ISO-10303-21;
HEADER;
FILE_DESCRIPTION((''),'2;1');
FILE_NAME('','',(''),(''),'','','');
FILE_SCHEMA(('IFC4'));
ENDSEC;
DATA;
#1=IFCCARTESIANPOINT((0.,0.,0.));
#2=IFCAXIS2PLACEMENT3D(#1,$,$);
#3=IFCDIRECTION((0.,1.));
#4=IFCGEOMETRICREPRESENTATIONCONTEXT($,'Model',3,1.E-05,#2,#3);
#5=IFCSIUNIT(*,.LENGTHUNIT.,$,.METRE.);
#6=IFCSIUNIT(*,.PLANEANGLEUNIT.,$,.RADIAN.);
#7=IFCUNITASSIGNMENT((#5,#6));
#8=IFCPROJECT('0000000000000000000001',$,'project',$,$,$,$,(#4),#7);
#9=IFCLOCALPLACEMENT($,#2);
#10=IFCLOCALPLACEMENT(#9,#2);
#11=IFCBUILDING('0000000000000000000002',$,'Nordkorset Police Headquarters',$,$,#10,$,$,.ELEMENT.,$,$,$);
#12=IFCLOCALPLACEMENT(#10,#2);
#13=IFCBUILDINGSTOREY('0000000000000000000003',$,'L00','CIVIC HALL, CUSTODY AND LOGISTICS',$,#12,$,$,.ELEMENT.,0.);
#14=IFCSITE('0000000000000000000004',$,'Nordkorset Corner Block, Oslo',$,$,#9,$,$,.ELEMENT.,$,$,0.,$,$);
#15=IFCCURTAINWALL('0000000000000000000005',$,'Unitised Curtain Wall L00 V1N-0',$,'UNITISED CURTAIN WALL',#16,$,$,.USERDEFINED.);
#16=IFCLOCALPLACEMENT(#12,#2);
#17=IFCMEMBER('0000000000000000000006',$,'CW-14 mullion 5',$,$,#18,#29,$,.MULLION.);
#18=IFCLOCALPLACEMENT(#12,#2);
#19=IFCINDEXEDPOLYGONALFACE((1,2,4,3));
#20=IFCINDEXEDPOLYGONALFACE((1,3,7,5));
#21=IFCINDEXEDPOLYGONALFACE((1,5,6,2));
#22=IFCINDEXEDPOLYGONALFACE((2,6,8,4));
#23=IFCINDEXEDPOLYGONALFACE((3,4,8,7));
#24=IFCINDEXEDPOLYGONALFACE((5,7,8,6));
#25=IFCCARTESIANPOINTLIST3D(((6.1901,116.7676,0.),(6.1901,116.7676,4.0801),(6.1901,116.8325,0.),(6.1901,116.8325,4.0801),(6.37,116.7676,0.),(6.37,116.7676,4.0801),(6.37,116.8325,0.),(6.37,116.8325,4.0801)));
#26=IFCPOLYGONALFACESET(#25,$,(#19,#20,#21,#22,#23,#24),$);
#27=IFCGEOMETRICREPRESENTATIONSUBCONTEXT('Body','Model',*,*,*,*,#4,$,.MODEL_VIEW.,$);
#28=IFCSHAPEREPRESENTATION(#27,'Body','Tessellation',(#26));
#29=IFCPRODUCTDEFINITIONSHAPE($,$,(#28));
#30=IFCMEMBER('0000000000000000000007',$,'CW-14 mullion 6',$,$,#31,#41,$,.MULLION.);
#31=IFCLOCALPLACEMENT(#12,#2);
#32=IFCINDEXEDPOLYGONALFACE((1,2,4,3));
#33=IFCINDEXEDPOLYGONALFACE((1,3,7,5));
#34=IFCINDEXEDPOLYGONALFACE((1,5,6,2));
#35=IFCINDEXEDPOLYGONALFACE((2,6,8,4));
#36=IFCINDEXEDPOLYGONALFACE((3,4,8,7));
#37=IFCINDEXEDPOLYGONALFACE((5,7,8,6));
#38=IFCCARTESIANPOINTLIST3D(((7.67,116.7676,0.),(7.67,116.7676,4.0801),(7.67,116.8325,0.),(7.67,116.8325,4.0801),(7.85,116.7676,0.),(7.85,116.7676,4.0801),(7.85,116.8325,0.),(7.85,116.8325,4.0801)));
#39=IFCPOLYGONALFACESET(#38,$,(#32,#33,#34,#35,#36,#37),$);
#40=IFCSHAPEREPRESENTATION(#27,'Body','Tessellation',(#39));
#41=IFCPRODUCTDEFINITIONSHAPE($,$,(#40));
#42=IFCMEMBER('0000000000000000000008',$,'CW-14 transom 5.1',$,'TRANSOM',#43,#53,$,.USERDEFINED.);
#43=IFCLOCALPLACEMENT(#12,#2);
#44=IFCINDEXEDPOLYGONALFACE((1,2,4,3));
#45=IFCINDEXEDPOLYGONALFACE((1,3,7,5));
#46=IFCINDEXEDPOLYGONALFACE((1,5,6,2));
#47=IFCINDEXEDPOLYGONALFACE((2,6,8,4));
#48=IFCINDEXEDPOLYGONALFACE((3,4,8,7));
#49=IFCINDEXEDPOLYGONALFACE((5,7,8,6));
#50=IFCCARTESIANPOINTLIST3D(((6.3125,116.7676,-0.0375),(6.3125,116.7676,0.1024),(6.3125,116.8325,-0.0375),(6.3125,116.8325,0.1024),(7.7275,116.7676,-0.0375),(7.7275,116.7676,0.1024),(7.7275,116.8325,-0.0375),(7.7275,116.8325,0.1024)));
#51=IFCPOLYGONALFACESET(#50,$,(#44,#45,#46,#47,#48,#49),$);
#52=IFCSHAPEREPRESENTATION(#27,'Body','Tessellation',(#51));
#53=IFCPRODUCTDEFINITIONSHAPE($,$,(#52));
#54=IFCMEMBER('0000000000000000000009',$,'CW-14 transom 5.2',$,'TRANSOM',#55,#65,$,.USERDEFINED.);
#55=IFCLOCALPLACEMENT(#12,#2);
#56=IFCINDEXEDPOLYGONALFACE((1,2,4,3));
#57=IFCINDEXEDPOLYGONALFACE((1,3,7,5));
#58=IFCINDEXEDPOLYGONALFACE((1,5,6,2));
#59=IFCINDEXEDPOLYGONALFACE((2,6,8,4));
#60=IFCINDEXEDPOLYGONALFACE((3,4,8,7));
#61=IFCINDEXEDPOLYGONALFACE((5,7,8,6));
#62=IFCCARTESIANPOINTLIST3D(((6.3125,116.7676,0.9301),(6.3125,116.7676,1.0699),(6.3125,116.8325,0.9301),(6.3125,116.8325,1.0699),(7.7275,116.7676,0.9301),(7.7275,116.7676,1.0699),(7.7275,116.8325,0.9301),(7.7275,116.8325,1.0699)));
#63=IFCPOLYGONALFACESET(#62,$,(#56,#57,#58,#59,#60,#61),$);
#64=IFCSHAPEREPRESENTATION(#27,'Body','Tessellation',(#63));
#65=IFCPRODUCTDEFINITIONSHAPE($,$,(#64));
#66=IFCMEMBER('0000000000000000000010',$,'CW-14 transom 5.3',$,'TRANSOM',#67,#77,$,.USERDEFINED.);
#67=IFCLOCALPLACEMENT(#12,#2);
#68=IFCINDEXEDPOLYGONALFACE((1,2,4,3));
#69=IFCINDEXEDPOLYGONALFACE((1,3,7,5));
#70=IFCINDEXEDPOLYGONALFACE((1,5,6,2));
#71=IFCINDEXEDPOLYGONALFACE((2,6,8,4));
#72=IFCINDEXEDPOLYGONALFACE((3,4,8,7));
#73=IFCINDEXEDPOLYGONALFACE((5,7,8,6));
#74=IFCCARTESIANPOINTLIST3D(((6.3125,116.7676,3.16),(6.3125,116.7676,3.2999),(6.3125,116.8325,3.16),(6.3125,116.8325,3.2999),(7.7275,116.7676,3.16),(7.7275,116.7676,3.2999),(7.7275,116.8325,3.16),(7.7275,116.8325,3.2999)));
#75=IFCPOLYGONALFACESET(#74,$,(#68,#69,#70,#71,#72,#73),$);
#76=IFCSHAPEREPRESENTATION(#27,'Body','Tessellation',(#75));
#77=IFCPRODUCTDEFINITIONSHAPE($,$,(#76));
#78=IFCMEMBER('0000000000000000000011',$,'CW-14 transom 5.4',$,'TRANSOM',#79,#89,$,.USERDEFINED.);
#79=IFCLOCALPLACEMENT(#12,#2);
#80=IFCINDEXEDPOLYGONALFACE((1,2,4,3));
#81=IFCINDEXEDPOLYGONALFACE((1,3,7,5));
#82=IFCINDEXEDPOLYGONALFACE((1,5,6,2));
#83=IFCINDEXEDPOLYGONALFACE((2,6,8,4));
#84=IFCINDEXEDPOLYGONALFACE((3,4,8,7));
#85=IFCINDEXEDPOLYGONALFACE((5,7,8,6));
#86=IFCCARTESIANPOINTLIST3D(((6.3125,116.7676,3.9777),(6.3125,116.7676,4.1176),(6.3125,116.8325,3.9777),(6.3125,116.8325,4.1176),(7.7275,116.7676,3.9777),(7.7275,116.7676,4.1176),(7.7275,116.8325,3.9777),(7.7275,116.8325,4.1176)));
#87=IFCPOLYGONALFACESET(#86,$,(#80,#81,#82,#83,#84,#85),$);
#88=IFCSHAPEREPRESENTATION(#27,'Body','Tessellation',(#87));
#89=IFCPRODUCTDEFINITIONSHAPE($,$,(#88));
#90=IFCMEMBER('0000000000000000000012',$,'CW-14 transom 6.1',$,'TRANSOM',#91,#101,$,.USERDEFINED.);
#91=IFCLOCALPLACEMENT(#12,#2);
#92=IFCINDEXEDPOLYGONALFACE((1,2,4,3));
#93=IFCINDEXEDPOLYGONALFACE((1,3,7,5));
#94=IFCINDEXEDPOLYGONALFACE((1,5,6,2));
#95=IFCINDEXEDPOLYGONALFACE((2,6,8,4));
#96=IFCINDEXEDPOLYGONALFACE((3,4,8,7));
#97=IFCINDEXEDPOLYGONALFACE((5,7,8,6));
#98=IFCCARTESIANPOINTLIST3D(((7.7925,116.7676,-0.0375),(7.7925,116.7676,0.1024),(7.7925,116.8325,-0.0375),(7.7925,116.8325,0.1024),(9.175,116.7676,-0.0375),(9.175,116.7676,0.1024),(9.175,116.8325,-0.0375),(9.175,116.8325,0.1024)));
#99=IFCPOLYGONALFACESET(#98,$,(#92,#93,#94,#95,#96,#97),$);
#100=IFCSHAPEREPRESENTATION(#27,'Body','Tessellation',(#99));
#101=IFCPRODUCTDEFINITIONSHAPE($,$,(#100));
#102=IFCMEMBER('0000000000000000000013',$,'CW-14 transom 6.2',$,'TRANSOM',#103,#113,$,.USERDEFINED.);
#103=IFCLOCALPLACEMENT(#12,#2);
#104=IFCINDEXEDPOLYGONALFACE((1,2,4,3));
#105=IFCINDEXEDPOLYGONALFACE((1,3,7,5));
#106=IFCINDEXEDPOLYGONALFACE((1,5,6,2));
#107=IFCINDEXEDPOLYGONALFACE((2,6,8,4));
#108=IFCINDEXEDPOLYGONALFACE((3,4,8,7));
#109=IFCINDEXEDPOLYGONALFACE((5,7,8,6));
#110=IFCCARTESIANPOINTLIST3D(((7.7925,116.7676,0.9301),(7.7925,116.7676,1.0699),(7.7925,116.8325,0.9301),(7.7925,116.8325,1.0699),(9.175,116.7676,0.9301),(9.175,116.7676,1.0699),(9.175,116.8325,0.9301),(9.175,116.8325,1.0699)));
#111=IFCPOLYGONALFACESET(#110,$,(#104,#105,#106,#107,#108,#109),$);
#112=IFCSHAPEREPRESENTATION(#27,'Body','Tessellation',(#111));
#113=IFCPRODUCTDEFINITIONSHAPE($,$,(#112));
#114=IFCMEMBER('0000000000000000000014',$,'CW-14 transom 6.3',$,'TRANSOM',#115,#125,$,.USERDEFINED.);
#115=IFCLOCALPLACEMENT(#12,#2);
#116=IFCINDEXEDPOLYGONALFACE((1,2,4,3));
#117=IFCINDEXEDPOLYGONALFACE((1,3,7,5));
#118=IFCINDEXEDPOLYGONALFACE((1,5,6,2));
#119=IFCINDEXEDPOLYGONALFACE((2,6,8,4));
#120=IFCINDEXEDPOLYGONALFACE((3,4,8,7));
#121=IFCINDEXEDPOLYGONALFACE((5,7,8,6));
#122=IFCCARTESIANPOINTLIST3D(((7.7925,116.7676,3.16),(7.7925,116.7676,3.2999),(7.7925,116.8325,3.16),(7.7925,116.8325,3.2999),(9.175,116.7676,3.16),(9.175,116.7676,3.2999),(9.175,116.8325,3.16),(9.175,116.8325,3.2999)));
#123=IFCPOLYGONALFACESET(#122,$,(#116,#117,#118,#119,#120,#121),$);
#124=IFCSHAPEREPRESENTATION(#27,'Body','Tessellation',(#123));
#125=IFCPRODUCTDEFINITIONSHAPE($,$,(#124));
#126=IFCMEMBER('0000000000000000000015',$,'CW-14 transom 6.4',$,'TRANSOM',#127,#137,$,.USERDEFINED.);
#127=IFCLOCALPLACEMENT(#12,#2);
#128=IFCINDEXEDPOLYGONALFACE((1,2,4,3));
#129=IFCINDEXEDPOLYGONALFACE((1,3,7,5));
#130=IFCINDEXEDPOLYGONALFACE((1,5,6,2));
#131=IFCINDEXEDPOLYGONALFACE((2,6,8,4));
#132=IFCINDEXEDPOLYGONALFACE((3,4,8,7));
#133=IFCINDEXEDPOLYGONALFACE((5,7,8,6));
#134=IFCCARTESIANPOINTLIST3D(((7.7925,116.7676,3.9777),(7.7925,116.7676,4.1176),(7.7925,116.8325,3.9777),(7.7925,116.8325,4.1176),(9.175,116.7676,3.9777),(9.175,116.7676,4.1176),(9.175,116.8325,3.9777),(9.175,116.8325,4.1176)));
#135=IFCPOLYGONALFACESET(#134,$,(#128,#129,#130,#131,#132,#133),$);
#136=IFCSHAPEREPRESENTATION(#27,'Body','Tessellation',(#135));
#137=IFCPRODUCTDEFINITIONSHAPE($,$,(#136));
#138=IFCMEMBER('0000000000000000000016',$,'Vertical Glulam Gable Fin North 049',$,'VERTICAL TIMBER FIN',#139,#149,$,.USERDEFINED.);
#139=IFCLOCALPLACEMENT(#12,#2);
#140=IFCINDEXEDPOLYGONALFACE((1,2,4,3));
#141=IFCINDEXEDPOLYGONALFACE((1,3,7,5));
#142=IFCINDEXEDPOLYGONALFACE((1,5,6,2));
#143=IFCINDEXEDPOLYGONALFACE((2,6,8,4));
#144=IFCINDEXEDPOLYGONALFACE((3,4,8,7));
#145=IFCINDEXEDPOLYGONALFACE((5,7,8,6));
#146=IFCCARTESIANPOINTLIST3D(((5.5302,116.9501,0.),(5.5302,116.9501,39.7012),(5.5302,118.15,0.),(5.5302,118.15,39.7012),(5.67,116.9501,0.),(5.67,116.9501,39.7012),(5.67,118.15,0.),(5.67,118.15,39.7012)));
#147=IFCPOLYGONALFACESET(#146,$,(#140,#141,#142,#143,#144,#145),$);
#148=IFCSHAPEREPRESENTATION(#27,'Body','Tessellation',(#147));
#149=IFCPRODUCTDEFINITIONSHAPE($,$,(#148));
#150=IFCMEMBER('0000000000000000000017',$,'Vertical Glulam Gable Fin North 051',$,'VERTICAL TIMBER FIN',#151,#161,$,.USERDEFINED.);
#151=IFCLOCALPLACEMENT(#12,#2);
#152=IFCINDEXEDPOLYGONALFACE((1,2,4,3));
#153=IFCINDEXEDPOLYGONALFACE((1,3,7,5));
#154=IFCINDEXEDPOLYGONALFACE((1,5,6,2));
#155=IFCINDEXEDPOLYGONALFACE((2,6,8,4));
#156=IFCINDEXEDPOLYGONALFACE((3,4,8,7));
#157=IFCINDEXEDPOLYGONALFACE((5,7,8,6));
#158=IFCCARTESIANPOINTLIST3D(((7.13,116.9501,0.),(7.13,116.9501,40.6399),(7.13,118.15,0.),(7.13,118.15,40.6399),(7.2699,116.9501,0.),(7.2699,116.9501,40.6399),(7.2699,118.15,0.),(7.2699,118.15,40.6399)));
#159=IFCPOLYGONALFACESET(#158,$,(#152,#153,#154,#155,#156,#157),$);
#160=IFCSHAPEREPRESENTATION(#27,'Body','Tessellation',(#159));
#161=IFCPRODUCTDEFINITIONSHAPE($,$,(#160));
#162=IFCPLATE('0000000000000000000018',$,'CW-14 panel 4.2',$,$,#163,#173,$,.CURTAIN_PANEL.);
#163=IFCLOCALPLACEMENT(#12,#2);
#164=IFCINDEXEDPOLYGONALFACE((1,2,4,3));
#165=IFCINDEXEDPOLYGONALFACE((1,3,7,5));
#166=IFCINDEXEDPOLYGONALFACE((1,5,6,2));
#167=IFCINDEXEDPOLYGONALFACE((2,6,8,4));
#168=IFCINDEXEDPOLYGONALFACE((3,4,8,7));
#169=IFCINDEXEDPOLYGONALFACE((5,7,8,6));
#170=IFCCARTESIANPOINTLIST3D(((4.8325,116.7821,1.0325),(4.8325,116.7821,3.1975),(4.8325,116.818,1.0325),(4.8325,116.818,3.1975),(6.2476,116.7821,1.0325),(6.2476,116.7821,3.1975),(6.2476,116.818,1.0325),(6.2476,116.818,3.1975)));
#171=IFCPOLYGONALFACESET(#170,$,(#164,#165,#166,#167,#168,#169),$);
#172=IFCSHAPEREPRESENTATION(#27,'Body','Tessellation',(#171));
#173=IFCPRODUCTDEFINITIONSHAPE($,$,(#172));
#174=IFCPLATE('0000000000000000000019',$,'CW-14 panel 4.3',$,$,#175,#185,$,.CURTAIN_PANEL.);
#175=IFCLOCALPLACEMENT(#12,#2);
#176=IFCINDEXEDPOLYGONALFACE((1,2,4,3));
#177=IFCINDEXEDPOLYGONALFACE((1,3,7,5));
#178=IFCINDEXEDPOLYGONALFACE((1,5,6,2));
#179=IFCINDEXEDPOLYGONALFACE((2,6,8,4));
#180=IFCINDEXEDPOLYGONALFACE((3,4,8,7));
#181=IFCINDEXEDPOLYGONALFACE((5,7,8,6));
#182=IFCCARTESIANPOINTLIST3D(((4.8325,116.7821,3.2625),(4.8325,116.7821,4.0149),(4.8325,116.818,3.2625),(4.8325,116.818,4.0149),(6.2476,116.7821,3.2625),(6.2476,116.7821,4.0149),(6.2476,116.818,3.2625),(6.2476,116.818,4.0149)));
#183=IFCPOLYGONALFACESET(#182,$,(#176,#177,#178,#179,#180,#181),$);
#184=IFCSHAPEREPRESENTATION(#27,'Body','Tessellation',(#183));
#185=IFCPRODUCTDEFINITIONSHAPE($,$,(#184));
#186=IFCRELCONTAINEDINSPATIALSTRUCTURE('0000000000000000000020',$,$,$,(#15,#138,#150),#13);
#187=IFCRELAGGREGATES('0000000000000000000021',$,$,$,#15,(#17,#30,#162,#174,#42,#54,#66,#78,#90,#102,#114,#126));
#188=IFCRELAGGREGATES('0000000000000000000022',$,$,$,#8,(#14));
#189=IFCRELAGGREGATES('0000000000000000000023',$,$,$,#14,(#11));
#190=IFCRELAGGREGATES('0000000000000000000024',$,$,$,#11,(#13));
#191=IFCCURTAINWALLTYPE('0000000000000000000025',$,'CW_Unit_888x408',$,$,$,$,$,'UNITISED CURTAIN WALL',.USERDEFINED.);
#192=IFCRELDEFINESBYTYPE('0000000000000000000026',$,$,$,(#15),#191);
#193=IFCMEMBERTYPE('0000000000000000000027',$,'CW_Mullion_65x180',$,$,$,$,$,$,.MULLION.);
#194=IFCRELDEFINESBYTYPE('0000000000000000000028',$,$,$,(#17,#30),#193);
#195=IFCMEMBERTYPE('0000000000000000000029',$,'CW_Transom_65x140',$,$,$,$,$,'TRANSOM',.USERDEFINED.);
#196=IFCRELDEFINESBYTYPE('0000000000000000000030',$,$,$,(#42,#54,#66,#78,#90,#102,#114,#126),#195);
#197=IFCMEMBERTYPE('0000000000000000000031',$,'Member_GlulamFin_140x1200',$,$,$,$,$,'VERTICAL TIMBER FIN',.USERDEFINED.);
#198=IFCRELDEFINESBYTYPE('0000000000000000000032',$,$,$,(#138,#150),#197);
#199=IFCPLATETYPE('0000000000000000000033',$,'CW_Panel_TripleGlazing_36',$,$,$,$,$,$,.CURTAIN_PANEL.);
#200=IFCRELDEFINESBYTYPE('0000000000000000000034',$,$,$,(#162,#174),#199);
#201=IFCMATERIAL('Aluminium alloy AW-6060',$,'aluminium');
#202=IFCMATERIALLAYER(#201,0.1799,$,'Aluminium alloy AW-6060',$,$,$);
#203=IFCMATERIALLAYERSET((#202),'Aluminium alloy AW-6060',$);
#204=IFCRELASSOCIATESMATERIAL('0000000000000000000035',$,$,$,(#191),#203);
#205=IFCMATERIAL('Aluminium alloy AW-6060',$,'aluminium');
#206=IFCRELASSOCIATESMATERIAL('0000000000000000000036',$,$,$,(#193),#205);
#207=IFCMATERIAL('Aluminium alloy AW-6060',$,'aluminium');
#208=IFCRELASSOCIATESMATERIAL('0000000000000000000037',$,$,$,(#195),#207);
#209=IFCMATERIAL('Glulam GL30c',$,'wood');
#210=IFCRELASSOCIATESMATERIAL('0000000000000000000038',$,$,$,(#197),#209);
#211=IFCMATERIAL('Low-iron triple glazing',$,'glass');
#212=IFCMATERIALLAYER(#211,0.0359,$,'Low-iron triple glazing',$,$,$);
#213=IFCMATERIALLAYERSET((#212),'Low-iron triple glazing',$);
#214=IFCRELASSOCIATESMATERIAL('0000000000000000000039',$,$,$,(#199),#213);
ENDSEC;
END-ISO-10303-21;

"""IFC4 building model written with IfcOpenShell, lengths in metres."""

from ifc_helpers import new_model, si_unit, direction, frame, origin, origin_2d, place, context, subcontext, project, spatial, rectangle, extrude, material, layer, layer_set, material_profile, profile_set, type_object, element, aggregate, save


model = new_model("IFC4")

# Units and contexts
model_context = context("Model", 3, precision=1e-05, world=origin(), true_north=direction((0.0, 1.0)))
body_context = subcontext(model_context, "Body", "Model", "MODEL_VIEW")
ifc_project = project(units=[si_unit("LENGTHUNIT", "METRE"), si_unit("PLANEANGLEUNIT", "RADIAN")], contexts=[model_context])

# Site, building, storey
site_placement = place(None, origin())
site = spatial("IfcSite", under=ifc_project, at=site_placement, Name="Nordkorset Corner Block, Oslo", CompositionType="ELEMENT", RefElevation=0.0)
building_placement = place(site_placement, origin())
building = spatial("IfcBuilding", under=site, at=building_placement, Name="Nordkorset Police Headquarters", CompositionType="ELEMENT")
storey_placement = place(building_placement, origin())
storey = spatial("IfcBuildingStorey", under=building, at=storey_placement, Name="L00", Description="CIVIC HALL, CUSTODY AND LOGISTICS", CompositionType="ELEMENT", Elevation=0.0)

# Curtain wall, members
ifc_material_1 = material(Name="Aluminium alloy AW-6060", Category="aluminium")
ifc_layer_1 = layer(ifc_material_1, 0.1799, Name="Aluminium alloy AW-6060")
ifc_layer_set_1 = layer_set([ifc_layer_1], Name="Aluminium alloy AW-6060")
curtain_wall_type = type_object("IfcCurtainWallType", Name="CW_Unit_888x408", ElementType="UNITISED CURTAIN WALL", PredefinedType="USERDEFINED", material=ifc_layer_set_1)
curtain_wall_placement = place(storey_placement, origin())
curtain_wall = element("IfcCurtainWall", 1, at=curtain_wall_placement, inside=storey, type_object=curtain_wall_type, Name="Unitised Curtain Wall L00 V1N-0", ObjectType="UNITISED CURTAIN WALL", PredefinedType="USERDEFINED")
ifc_material_2 = material(Name="Aluminium alloy AW-6060", Category="aluminium")
ifc_material_profile_1 = material_profile(ifc_material_2, rectangle(XDim=0.0649, YDim=0.1799, at=origin_2d()), Name="ALU MULL 65x180")
ifc_profile_set_1 = profile_set([ifc_material_profile_1], Name="Aluminium alloy AW-6060")
member_type_1 = type_object("IfcMemberType", Name="CW_Mullion_65x180", PredefinedType="MULLION", material=ifc_profile_set_1)
member_1_placement = place(storey_placement, frame((6.28, 116.8, 0.0), z_axis=(0.0, 0.0, 1.0), x_axis=(0.0, 1.0, 0.0)))
member_1 = element("IfcMember", 2, at=member_1_placement, type_object=member_type_1, Name="CW-14 mullion 5", PredefinedType="MULLION", context=body_context, shape_type="SweptSolid", body=[
    extrude(rectangle(XDim=0.0649, YDim=0.1799, at=origin_2d()), origin(), (0.0, 0.0, 1.0), 4.0801),
])
member_2_placement = place(storey_placement, frame((7.76, 116.8, 0.0), z_axis=(0.0, 0.0, 1.0), x_axis=(0.0, 1.0, 0.0)))
member_2 = element("IfcMember", 3, at=member_2_placement, type_object=member_type_1, Name="CW-14 mullion 6", PredefinedType="MULLION", context=body_context, shape_type="SweptSolid", body=[
    extrude(rectangle(XDim=0.0649, YDim=0.1799, at=origin_2d()), origin(), (0.0, 0.0, 1.0), 4.0801),
])
ifc_material_3 = material(Name="Aluminium alloy AW-6060", Category="aluminium")
ifc_material_profile_2 = material_profile(ifc_material_3, rectangle(XDim=0.0649, YDim=0.1399, at=origin_2d()), Name="ALU TRAN 65x140")
ifc_profile_set_2 = profile_set([ifc_material_profile_2], Name="Aluminium alloy AW-6060")
member_type_2 = type_object("IfcMemberType", Name="CW_Transom_65x140", ElementType="TRANSOM", PredefinedType="USERDEFINED", material=ifc_profile_set_2)
member_3_placement = place(storey_placement, frame((6.3125, 116.8, 0.0325), z_axis=(1.0, 0.0, 0.0), x_axis=(0.0, 1.0, 0.0)))
member_3 = element("IfcMember", 4, at=member_3_placement, type_object=member_type_2, Name="CW-14 transom 5.1", ObjectType="TRANSOM", PredefinedType="USERDEFINED", context=body_context, shape_type="SweptSolid", body=[
    extrude(rectangle(XDim=0.0649, YDim=0.1399, at=origin_2d()), origin(), (0.0, 0.0, 1.0), 1.415),
])
member_4_placement = place(storey_placement, frame((6.3125, 116.8, 1.0), z_axis=(1.0, 0.0, 0.0), x_axis=(0.0, 1.0, 0.0)))
member_4 = element("IfcMember", 5, at=member_4_placement, type_object=member_type_2, Name="CW-14 transom 5.2", ObjectType="TRANSOM", PredefinedType="USERDEFINED", context=body_context, shape_type="SweptSolid", body=[
    extrude(rectangle(XDim=0.0649, YDim=0.1399, at=origin_2d()), origin(), (0.0, 0.0, 1.0), 1.415),
])
member_5_placement = place(storey_placement, frame((6.3125, 116.8, 3.23), z_axis=(1.0, 0.0, 0.0), x_axis=(0.0, 1.0, 0.0)))
member_5 = element("IfcMember", 6, at=member_5_placement, type_object=member_type_2, Name="CW-14 transom 5.3", ObjectType="TRANSOM", PredefinedType="USERDEFINED", context=body_context, shape_type="SweptSolid", body=[
    extrude(rectangle(XDim=0.0649, YDim=0.1399, at=origin_2d()), origin(), (0.0, 0.0, 1.0), 1.415),
])
member_6_placement = place(storey_placement, frame((6.3125, 116.8, 4.0476), z_axis=(1.0, 0.0, 0.0), x_axis=(0.0, 1.0, 0.0)))
member_6 = element("IfcMember", 7, at=member_6_placement, type_object=member_type_2, Name="CW-14 transom 5.4", ObjectType="TRANSOM", PredefinedType="USERDEFINED", context=body_context, shape_type="SweptSolid", body=[
    extrude(rectangle(XDim=0.0649, YDim=0.1399, at=origin_2d()), origin(), (0.0, 0.0, 1.0), 1.415),
])
member_7_placement = place(storey_placement, frame((7.7925, 116.8, 0.0325), z_axis=(1.0, 0.0, 0.0), x_axis=(0.0, 1.0, 0.0)))
member_7 = element("IfcMember", 8, at=member_7_placement, type_object=member_type_2, Name="CW-14 transom 6.1", ObjectType="TRANSOM", PredefinedType="USERDEFINED", context=body_context, shape_type="SweptSolid", body=[
    extrude(rectangle(XDim=0.0649, YDim=0.1399, at=origin_2d()), origin(), (0.0, 0.0, 1.0), 1.3826),
])
member_8_placement = place(storey_placement, frame((7.7925, 116.8, 1.0), z_axis=(1.0, 0.0, 0.0), x_axis=(0.0, 1.0, 0.0)))
member_8 = element("IfcMember", 9, at=member_8_placement, type_object=member_type_2, Name="CW-14 transom 6.2", ObjectType="TRANSOM", PredefinedType="USERDEFINED", context=body_context, shape_type="SweptSolid", body=[
    extrude(rectangle(XDim=0.0649, YDim=0.1399, at=origin_2d()), origin(), (0.0, 0.0, 1.0), 1.3826),
])
member_9_placement = place(storey_placement, frame((7.7925, 116.8, 3.23), z_axis=(1.0, 0.0, 0.0), x_axis=(0.0, 1.0, 0.0)))
member_9 = element("IfcMember", 10, at=member_9_placement, type_object=member_type_2, Name="CW-14 transom 6.3", ObjectType="TRANSOM", PredefinedType="USERDEFINED", context=body_context, shape_type="SweptSolid", body=[
    extrude(rectangle(XDim=0.0649, YDim=0.1399, at=origin_2d()), origin(), (0.0, 0.0, 1.0), 1.3826),
])
member_10_placement = place(storey_placement, frame((7.7925, 116.8, 4.0476), z_axis=(1.0, 0.0, 0.0), x_axis=(0.0, 1.0, 0.0)))
member_10 = element("IfcMember", 11, at=member_10_placement, type_object=member_type_2, Name="CW-14 transom 6.4", ObjectType="TRANSOM", PredefinedType="USERDEFINED", context=body_context, shape_type="SweptSolid", body=[
    extrude(rectangle(XDim=0.0649, YDim=0.1399, at=origin_2d()), origin(), (0.0, 0.0, 1.0), 1.3826),
])

# Members
ifc_material_4 = material(Name="Glulam GL30c", Category="wood")
ifc_material_profile_3 = material_profile(ifc_material_4, rectangle(XDim=0.1399, YDim=1.2, at=origin_2d()), Name="GL30C FIN 140x1200")
ifc_profile_set_3 = profile_set([ifc_material_profile_3], Name="Glulam GL30c")
member_type_3 = type_object("IfcMemberType", Name="Member_GlulamFin_140x1200", ElementType="VERTICAL TIMBER FIN", PredefinedType="USERDEFINED", material=ifc_profile_set_3)
member_11_placement = place(storey_placement, frame((5.6001, 117.55, 0.0), z_axis=(0.0, 0.0, 1.0), x_axis=(1.0, 0.0, 0.0)))
element("IfcMember", 12, at=member_11_placement, inside=storey, type_object=member_type_3, Name="Vertical Glulam Gable Fin North 049", ObjectType="VERTICAL TIMBER FIN", PredefinedType="USERDEFINED", context=body_context, shape_type="SweptSolid", body=[
    extrude(rectangle(XDim=0.1399, YDim=1.2, at=origin_2d()), origin(), (0.0, 0.0, 1.0), 39.7012),
])
member_12_placement = place(storey_placement, frame((7.2, 117.55, 0.0), z_axis=(0.0, 0.0, 1.0), x_axis=(1.0, 0.0, 0.0)))
element("IfcMember", 13, at=member_12_placement, inside=storey, type_object=member_type_3, Name="Vertical Glulam Gable Fin North 051", ObjectType="VERTICAL TIMBER FIN", PredefinedType="USERDEFINED", context=body_context, shape_type="SweptSolid", body=[
    extrude(rectangle(XDim=0.1399, YDim=1.2, at=origin_2d()), origin(), (0.0, 0.0, 1.0), 40.6399),
])

# Plates
ifc_material_5 = material(Name="Low-iron triple glazing", Category="glass")
ifc_layer_2 = layer(ifc_material_5, 0.0359, Name="Low-iron triple glazing")
ifc_layer_set_2 = layer_set([ifc_layer_2], Name="Low-iron triple glazing")
plate_type = type_object("IfcPlateType", Name="CW_Panel_TripleGlazing_36", PredefinedType="CURTAIN_PANEL", material=ifc_layer_set_2)
plate_1_placement = place(storey_placement, frame((5.54, 116.8, 1.0325), z_axis=(0.0, 0.0, 1.0), x_axis=(1.0, 0.0, 0.0)))
plate_1 = element("IfcPlate", 14, at=plate_1_placement, type_object=plate_type, Name="CW-14 panel 4.2", PredefinedType="CURTAIN_PANEL", context=body_context, shape_type="SweptSolid", body=[
    extrude(rectangle(XDim=1.415, YDim=0.0359, at=origin_2d()), origin(), (0.0, 0.0, 1.0), 2.165),
])
plate_2_placement = place(storey_placement, frame((5.54, 116.8, 3.2625), z_axis=(0.0, 0.0, 1.0), x_axis=(1.0, 0.0, 0.0)))
plate_2 = element("IfcPlate", 15, at=plate_2_placement, type_object=plate_type, Name="CW-14 panel 4.3", PredefinedType="CURTAIN_PANEL", context=body_context, shape_type="SweptSolid", body=[
    extrude(rectangle(XDim=1.415, YDim=0.0359, at=origin_2d()), origin(), (0.0, 0.0, 1.0), 0.7524),
])
aggregate(curtain_wall, [member_1, member_2, plate_1, plate_2, member_3, member_4, member_5, member_6, member_7, member_8, member_9, member_10])

save(model, "model.ifc")
